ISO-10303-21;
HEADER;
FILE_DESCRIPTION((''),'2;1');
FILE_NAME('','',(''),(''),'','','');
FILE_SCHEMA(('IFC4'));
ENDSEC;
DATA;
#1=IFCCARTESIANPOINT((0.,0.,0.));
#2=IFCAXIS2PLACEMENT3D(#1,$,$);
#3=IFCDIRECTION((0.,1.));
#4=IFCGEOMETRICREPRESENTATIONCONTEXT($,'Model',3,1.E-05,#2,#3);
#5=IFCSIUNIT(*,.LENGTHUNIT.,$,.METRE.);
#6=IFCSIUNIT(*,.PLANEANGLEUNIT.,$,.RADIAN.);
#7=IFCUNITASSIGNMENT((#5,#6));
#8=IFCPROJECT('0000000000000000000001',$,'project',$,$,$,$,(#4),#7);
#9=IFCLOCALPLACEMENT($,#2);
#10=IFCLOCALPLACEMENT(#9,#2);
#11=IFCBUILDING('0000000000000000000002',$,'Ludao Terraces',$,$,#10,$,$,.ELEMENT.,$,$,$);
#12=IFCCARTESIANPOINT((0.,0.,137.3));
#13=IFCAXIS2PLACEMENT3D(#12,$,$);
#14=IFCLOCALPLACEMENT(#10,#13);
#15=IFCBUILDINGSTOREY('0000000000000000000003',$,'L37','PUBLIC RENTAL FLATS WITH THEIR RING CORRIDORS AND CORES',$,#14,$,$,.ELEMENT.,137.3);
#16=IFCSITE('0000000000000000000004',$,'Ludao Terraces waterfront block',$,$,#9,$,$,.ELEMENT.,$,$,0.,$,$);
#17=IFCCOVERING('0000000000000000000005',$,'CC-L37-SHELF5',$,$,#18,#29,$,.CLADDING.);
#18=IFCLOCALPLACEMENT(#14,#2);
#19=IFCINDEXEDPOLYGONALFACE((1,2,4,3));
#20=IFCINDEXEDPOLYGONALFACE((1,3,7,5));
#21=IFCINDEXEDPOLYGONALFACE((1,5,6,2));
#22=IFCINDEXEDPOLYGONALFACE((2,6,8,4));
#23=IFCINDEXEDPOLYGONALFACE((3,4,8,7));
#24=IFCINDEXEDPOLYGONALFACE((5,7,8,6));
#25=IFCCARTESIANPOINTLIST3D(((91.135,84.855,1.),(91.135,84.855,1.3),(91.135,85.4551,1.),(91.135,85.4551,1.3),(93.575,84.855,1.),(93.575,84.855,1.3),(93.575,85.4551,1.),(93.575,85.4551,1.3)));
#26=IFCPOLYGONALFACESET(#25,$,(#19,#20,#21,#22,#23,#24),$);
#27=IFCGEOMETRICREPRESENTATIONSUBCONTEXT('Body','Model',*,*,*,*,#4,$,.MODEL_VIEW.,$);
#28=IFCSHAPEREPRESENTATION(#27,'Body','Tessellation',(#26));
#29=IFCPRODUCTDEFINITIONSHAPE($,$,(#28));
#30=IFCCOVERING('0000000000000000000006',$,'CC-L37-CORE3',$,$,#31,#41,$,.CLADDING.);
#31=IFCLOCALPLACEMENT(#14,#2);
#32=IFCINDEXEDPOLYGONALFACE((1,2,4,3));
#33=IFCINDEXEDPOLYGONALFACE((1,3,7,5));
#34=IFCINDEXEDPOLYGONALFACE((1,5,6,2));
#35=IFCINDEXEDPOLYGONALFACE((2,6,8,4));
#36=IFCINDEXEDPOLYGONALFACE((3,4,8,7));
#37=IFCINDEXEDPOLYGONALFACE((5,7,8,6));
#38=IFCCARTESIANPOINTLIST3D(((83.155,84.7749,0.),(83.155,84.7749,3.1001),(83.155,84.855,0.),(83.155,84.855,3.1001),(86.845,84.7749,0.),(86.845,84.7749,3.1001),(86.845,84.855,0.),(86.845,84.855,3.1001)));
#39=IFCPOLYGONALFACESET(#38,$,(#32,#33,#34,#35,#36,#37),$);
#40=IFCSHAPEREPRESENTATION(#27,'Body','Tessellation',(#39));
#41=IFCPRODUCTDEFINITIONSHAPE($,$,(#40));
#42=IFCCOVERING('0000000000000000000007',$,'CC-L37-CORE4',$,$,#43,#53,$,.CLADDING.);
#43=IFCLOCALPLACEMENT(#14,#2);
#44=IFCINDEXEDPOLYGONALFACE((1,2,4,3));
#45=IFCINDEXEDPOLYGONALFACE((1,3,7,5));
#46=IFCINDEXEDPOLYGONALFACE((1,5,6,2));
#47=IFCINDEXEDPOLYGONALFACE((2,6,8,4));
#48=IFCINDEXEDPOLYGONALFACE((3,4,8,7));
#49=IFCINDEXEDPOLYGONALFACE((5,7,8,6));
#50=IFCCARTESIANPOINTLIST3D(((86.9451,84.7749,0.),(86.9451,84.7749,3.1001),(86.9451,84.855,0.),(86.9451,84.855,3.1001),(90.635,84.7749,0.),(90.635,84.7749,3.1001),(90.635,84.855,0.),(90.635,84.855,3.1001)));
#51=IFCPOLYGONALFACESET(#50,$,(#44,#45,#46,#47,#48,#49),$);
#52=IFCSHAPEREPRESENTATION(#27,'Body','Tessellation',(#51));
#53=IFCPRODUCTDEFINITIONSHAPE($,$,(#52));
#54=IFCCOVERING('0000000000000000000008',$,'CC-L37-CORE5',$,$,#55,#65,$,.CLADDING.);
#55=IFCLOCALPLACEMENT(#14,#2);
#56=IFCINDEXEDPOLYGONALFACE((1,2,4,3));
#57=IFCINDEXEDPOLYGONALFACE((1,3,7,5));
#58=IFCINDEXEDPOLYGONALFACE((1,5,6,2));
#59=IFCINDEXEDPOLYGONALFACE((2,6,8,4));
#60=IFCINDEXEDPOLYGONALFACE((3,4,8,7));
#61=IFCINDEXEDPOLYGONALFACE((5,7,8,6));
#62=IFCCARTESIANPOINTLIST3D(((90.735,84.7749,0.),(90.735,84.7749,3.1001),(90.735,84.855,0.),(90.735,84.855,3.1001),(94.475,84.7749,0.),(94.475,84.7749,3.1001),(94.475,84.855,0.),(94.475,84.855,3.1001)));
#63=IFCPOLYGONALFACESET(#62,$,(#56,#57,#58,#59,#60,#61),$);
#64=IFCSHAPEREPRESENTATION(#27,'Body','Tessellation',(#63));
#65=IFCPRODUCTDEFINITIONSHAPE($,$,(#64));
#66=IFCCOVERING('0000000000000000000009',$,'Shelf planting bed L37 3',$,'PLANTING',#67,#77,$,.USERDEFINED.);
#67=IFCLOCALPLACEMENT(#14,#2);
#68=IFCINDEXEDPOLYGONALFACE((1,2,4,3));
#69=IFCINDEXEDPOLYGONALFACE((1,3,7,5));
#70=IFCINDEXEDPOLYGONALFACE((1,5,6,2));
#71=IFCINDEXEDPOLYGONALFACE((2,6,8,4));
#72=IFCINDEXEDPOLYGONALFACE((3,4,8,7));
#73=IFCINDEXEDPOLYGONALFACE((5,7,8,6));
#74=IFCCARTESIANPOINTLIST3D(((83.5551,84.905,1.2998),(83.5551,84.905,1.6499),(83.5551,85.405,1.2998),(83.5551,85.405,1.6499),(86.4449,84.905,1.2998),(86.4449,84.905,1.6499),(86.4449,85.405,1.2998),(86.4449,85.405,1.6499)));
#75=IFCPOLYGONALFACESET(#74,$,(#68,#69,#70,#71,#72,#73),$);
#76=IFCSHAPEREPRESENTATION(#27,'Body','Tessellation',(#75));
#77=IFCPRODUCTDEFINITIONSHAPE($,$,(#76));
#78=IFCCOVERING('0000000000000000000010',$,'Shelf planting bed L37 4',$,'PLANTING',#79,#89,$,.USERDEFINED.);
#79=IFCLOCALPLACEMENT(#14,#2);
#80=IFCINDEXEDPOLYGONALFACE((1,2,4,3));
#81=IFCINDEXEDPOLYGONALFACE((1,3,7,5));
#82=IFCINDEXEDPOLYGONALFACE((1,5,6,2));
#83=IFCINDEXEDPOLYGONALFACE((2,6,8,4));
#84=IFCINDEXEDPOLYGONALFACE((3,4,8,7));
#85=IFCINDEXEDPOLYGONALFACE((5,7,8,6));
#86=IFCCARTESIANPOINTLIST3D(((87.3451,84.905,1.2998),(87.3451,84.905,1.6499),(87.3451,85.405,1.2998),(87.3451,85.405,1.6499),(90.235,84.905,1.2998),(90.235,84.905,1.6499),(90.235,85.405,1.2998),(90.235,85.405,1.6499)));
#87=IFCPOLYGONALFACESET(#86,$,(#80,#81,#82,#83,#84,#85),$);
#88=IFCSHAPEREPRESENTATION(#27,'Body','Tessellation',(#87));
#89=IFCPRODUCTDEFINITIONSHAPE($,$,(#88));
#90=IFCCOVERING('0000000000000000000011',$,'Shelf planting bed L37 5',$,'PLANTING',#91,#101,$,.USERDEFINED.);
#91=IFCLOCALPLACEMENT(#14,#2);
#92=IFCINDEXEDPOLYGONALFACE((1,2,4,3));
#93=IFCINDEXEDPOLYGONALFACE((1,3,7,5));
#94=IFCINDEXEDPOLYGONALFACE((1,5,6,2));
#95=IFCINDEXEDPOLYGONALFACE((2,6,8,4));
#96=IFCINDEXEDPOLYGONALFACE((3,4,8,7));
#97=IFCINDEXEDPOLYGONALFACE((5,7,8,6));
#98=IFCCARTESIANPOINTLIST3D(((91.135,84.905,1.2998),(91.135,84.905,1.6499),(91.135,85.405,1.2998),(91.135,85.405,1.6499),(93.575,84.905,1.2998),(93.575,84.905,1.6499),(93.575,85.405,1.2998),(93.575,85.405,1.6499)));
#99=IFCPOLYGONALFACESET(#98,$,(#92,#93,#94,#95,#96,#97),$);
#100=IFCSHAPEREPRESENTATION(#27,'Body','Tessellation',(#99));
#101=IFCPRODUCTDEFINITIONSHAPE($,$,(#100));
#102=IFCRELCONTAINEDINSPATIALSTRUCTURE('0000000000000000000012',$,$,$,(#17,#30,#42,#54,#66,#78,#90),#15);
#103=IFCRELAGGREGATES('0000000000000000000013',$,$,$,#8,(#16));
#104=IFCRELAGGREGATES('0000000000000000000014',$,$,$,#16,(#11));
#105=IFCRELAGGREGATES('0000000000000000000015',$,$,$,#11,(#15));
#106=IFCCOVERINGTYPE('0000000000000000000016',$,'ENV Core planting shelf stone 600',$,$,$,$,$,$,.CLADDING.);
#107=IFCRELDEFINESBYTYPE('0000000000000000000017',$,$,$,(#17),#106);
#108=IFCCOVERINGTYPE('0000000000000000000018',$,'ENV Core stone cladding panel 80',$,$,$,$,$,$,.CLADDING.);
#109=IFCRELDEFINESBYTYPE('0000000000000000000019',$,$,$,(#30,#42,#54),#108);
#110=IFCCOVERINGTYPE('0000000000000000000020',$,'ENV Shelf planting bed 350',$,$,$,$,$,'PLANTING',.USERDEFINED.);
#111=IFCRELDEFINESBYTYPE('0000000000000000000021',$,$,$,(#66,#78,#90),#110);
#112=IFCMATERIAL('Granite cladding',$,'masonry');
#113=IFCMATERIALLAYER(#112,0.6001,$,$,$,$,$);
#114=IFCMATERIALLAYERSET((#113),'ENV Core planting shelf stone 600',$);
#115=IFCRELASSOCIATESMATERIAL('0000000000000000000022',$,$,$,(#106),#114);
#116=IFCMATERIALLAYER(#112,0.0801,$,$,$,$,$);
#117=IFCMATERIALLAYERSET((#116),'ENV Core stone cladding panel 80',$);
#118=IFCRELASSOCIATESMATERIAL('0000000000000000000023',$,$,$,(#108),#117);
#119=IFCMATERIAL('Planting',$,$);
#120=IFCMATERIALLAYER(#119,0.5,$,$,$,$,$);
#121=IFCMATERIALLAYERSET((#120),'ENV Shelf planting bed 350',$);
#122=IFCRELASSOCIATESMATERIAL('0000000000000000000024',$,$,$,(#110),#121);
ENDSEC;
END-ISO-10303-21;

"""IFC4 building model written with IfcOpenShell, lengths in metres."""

from ifc_helpers import new_model, si_unit, direction, frame, origin, origin_2d, place, context, subcontext, project, spatial, rectangle, extrude, material, layer, layer_set, type_object, element, save


model = new_model("IFC4")

# Units and contexts
model_context = context("Model", 3, precision=1e-05, world=origin(), true_north=direction((0.0, 1.0)))
body_context = subcontext(model_context, "Body", "Model", "MODEL_VIEW")
ifc_project = project(units=[si_unit("LENGTHUNIT", "METRE"), si_unit("PLANEANGLEUNIT", "RADIAN")], contexts=[model_context])

# Site, building, storey
site_placement = place(None, origin())
site = spatial("IfcSite", under=ifc_project, at=site_placement, Name="Ludao Terraces waterfront block", CompositionType="ELEMENT", RefElevation=0.0)
building_placement = place(site_placement, origin())
building = spatial("IfcBuilding", under=site, at=building_placement, Name="Ludao Terraces", CompositionType="ELEMENT")
storey_placement = place(building_placement, frame((0.0, 0.0, 137.3)))
storey = spatial("IfcBuildingStorey", under=building, at=storey_placement, Name="L37", Description="PUBLIC RENTAL FLATS WITH THEIR RING CORRIDORS AND CORES", CompositionType="ELEMENT", Elevation=137.3)

# Coverings
ifc_material_1 = material(Name="Granite cladding", Category="masonry")
ifc_layer_1 = layer(ifc_material_1, 0.6001)
ifc_layer_set_1 = layer_set([ifc_layer_1], Name="ENV Core planting shelf stone 600")
covering_type_1 = type_object("IfcCoveringType", Name="ENV Core planting shelf stone 600", PredefinedType="CLADDING", material=ifc_layer_set_1)
covering_1_placement = place(storey_placement, frame((92.355, 85.155, 1.0), z_axis=(0.0, 0.0, 1.0), x_axis=(1.0, 0.0, 0.0)))
element("IfcCovering", 1, at=covering_1_placement, inside=storey, type_object=covering_type_1, Name="CC-L37-SHELF5", PredefinedType="CLADDING", context=body_context, shape_type="SweptSolid", body=[
    extrude(rectangle(XDim=2.4399, YDim=0.6001, at=origin_2d()), origin(), (0.0, 0.0, 1.0), 0.3),
])
ifc_layer_2 = layer(ifc_material_1, 0.0801)
ifc_layer_set_2 = layer_set([ifc_layer_2], Name="ENV Core stone cladding panel 80")
covering_type_2 = type_object("IfcCoveringType", Name="ENV Core stone cladding panel 80", PredefinedType="CLADDING", material=ifc_layer_set_2)
for number, where, z_axis, x_axis, name in (
    (2, (85.0, 84.8149, 0.0), (0.0, 0.0, 1.0), (1.0, 0.0, 0.0), "CC-L37-CORE3"),
    (3, (88.79, 84.8149, 0.0), (0.0, 0.0, 1.0), (1.0, 0.0, 0.0), "CC-L37-CORE4"),
):
    element("IfcCovering", number, at=place(storey_placement, frame(where, z_axis=z_axis, x_axis=x_axis)), inside=storey, type_object=covering_type_2, Name=name, PredefinedType="CLADDING", context=body_context, shape_type="SweptSolid", body=[
        extrude(rectangle(XDim=3.6899, YDim=0.0801, at=origin_2d()), origin(), (0.0, 0.0, 1.0), 3.1001),
    ])
covering_2_placement = place(storey_placement, frame((92.605, 84.8149, 0.0), z_axis=(0.0, 0.0, 1.0), x_axis=(1.0, 0.0, 0.0)))
element("IfcCovering", 4, at=covering_2_placement, inside=storey, type_object=covering_type_2, Name="CC-L37-CORE5", PredefinedType="CLADDING", context=body_context, shape_type="SweptSolid", body=[
    extrude(rectangle(XDim=3.74, YDim=0.0801, at=origin_2d()), origin(), (0.0, 0.0, 1.0), 3.1001),
])
ifc_material_2 = material(Name="Planting")
ifc_layer_3 = layer(ifc_material_2, 0.5)
ifc_layer_set_3 = layer_set([ifc_layer_3], Name="ENV Shelf planting bed 350")
covering_type_3 = type_object("IfcCoveringType", Name="ENV Shelf planting bed 350", ElementType="PLANTING", PredefinedType="USERDEFINED", material=ifc_layer_set_3)
for number, where, z_axis, x_axis, name in (
    (5, (85.0, 85.155, 1.2998), (0.0, 0.0, 1.0), (1.0, 0.0, 0.0), "Shelf planting bed L37 3"),
    (6, (88.79, 85.155, 1.2998), (0.0, 0.0, 1.0), (1.0, 0.0, 0.0), "Shelf planting bed L37 4"),
):
    element("IfcCovering", number, at=place(storey_placement, frame(where, z_axis=z_axis, x_axis=x_axis)), inside=storey, type_object=covering_type_3, Name=name, ObjectType="PLANTING", PredefinedType="USERDEFINED", context=body_context, shape_type="SweptSolid", body=[
        extrude(rectangle(XDim=2.8899, YDim=0.5, at=origin_2d()), origin(), (0.0, 0.0, 1.0), 0.3501),
    ])
covering_3_placement = place(storey_placement, frame((92.355, 85.155, 1.2998), z_axis=(0.0, 0.0, 1.0), x_axis=(1.0, 0.0, 0.0)))
element("IfcCovering", 7, at=covering_3_placement, inside=storey, type_object=covering_type_3, Name="Shelf planting bed L37 5", ObjectType="PLANTING", PredefinedType="USERDEFINED", context=body_context, shape_type="SweptSolid", body=[
    extrude(rectangle(XDim=2.4399, YDim=0.5, at=origin_2d()), origin(), (0.0, 0.0, 1.0), 0.3501),
])

save(model, "model.ifc")
